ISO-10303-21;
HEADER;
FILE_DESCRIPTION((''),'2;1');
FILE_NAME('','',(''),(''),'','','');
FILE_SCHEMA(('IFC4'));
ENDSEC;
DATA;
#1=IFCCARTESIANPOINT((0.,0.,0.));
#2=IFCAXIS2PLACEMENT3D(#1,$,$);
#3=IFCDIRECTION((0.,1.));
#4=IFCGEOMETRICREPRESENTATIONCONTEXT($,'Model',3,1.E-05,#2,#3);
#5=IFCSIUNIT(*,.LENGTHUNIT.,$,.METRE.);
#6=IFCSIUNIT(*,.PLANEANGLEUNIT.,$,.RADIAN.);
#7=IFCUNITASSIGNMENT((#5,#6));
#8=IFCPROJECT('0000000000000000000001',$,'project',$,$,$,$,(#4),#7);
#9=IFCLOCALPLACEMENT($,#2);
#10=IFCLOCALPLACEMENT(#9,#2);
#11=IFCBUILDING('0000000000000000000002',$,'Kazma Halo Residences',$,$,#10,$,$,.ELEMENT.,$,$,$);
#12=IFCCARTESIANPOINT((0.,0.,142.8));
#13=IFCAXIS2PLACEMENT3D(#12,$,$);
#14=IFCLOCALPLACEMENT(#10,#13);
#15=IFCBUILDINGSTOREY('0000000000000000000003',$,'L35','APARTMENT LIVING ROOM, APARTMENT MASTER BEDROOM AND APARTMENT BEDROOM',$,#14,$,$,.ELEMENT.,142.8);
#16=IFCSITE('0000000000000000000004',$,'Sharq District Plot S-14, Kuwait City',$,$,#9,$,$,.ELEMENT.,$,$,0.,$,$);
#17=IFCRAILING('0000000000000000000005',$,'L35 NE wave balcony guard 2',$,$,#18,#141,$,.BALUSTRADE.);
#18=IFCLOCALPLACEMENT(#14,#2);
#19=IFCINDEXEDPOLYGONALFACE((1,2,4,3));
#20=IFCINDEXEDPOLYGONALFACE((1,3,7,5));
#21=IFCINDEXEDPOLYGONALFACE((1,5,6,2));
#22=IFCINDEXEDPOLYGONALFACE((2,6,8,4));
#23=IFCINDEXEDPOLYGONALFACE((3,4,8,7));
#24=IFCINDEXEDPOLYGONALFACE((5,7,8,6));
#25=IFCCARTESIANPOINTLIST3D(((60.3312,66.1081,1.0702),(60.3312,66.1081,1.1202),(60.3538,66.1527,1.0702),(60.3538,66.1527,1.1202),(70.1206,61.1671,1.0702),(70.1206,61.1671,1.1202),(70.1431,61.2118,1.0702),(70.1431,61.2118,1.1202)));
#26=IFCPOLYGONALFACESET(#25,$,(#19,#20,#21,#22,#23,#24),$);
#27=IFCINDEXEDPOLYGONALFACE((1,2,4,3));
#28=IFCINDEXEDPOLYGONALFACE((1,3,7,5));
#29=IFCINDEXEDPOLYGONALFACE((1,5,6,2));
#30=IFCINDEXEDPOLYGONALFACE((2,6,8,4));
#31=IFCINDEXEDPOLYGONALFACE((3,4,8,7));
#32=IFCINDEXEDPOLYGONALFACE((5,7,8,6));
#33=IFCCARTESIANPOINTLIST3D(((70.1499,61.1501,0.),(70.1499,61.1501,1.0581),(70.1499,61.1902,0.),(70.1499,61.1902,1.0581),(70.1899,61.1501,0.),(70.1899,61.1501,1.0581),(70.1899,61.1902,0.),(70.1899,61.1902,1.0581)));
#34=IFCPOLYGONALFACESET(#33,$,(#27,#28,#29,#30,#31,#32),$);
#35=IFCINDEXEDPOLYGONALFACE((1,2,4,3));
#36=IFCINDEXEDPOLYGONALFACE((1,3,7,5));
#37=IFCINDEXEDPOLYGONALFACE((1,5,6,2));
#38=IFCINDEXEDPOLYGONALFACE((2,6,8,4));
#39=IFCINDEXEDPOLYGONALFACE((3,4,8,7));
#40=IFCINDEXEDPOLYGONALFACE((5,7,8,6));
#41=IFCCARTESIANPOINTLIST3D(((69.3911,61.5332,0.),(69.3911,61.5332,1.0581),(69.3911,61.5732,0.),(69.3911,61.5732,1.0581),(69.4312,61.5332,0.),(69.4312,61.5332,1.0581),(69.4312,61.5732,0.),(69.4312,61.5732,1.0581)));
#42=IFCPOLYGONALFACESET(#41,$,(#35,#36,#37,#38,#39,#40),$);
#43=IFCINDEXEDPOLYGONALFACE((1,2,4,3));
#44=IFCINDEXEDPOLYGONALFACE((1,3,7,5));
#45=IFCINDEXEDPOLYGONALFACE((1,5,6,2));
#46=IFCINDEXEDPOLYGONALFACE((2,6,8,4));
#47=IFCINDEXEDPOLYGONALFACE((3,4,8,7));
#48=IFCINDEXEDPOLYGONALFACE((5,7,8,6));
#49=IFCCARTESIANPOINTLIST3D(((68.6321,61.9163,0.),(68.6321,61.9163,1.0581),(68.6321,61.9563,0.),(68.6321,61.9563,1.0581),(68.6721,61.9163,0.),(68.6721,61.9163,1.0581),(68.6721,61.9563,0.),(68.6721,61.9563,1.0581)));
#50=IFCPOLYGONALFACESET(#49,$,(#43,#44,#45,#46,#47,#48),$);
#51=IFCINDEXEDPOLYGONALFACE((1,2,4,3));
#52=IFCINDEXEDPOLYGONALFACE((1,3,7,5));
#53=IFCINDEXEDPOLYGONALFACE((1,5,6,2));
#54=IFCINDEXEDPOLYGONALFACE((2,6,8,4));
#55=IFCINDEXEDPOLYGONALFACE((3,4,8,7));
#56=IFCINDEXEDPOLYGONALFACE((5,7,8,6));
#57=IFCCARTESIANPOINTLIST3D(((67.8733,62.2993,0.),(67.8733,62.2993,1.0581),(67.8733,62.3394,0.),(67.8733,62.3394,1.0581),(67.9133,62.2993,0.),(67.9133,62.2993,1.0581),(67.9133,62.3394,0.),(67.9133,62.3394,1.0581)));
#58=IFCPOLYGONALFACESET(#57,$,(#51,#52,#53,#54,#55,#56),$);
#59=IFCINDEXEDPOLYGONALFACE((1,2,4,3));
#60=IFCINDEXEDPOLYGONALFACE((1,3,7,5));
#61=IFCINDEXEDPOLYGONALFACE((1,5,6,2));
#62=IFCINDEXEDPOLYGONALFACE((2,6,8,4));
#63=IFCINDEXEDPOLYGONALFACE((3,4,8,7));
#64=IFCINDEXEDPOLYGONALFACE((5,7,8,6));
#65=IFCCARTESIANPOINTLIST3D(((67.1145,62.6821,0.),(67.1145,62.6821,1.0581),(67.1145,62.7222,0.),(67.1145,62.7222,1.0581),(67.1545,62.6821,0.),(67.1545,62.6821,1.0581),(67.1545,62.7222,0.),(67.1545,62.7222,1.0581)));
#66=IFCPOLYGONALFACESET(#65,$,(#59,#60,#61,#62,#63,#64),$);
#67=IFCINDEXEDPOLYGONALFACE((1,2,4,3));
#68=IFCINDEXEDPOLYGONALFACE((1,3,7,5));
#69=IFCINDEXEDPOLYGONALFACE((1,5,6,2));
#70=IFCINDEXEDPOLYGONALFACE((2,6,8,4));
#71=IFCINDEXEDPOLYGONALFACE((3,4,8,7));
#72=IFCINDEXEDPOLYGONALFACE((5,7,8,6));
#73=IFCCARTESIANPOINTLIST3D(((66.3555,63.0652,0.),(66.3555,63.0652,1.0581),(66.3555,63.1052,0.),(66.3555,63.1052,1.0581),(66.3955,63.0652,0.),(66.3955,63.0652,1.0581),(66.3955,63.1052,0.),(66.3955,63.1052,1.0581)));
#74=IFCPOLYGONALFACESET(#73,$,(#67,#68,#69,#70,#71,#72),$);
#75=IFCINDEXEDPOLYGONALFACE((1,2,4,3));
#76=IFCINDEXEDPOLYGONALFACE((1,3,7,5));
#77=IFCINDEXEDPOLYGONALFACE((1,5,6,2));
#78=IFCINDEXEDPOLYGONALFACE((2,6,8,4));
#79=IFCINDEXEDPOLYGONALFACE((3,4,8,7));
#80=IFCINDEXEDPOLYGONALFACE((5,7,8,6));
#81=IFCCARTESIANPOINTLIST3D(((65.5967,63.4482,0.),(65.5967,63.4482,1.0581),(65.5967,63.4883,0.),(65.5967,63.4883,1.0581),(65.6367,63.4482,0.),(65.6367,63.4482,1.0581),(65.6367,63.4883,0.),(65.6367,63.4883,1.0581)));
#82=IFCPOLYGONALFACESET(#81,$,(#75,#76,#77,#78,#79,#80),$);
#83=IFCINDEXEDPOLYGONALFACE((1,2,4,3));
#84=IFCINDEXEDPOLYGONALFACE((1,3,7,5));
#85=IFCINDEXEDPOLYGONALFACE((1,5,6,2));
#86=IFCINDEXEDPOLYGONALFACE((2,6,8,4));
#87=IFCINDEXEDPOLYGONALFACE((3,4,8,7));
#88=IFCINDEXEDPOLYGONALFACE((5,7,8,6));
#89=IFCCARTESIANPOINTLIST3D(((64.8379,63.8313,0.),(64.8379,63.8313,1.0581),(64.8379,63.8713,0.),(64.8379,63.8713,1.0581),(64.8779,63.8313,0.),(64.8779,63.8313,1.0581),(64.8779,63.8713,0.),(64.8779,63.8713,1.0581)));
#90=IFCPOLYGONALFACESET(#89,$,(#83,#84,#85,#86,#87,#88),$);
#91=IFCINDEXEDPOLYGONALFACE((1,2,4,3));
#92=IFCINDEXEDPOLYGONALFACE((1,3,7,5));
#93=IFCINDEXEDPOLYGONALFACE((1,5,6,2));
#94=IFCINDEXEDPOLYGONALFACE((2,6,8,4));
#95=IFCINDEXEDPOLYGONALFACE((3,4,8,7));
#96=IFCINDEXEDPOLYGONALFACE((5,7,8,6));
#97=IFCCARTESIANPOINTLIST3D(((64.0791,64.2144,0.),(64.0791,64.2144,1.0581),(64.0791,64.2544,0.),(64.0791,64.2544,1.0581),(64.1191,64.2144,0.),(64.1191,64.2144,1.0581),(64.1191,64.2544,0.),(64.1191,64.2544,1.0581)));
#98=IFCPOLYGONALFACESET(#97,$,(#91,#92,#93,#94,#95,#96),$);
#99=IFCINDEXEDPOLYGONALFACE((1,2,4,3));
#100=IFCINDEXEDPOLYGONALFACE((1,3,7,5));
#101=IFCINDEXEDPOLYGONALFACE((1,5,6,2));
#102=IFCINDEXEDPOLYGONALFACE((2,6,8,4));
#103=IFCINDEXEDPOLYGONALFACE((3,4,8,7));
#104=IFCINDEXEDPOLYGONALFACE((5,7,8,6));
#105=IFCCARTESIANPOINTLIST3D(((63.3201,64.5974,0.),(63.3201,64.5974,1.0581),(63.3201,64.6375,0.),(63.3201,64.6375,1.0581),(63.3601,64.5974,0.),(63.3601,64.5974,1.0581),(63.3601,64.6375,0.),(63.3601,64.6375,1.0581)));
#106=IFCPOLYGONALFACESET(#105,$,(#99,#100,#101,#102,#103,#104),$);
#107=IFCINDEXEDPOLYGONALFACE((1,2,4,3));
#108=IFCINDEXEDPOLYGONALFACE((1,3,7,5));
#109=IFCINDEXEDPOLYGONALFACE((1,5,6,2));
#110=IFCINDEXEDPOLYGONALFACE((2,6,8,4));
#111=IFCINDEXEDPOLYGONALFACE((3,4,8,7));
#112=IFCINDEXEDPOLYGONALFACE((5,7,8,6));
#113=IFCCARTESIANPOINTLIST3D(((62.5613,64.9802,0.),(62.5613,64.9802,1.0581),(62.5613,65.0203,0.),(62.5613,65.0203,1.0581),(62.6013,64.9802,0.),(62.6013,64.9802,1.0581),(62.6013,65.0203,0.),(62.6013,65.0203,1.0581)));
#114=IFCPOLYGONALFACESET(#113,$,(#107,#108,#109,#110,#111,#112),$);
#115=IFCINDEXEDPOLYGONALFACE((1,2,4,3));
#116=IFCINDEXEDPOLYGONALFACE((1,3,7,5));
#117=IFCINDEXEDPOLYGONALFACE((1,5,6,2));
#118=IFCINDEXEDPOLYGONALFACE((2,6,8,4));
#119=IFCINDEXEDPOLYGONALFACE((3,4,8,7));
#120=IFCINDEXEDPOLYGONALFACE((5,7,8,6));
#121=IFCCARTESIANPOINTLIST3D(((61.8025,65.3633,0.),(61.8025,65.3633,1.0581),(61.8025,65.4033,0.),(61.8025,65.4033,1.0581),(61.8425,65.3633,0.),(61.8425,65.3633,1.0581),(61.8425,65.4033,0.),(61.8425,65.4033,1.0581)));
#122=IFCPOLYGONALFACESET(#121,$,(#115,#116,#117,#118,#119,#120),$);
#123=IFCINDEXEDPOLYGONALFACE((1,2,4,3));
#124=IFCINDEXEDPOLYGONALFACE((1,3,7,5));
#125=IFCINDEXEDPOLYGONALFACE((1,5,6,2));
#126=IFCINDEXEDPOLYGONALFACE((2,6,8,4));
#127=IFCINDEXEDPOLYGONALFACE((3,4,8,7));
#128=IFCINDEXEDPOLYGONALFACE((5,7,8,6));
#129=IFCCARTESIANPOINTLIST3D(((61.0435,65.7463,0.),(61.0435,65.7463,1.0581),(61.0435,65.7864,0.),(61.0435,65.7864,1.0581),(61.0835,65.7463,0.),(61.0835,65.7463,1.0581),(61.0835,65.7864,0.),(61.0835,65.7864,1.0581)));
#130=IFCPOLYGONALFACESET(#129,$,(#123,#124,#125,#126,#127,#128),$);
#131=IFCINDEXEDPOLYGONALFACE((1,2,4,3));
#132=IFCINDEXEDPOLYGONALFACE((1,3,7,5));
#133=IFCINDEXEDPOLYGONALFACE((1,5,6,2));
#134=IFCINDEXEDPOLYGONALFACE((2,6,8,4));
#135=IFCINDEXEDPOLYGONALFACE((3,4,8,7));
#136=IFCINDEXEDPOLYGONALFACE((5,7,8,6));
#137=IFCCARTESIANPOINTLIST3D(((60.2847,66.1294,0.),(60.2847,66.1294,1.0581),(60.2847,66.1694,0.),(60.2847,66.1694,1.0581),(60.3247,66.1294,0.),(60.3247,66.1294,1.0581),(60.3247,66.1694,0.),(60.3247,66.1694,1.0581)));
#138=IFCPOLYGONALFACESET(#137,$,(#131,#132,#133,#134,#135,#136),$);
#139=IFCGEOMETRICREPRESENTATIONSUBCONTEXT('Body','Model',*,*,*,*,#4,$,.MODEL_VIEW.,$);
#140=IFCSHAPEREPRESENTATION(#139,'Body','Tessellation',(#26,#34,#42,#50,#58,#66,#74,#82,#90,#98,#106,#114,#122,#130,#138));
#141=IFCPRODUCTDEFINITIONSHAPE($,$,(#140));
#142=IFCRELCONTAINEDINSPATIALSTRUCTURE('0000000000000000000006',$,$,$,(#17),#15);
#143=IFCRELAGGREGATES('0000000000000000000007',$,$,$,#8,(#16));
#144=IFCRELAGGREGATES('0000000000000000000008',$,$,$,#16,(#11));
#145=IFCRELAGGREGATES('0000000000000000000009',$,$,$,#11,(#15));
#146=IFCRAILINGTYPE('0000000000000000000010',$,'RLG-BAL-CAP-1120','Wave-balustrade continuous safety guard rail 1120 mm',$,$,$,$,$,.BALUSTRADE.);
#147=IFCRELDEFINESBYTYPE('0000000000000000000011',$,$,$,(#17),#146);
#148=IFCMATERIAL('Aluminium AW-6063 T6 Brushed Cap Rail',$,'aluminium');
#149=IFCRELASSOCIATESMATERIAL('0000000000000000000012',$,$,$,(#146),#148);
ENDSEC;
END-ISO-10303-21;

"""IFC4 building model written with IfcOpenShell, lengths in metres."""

from ifc_helpers import new_model, si_unit, direction, frame, origin, origin_2d, place, context, subcontext, project, spatial, rectangle, extrude, material, type_object, element, save


model = new_model("IFC4")

# Units and contexts
model_context = context("Model", 3, precision=1e-05, world=origin(), true_north=direction((0.0, 1.0)))
body_context = subcontext(model_context, "Body", "Model", "MODEL_VIEW")
ifc_project = project(units=[si_unit("LENGTHUNIT", "METRE"), si_unit("PLANEANGLEUNIT", "RADIAN")], contexts=[model_context])

# Site, building, storey
site_placement = place(None, origin())
site = spatial("IfcSite", under=ifc_project, at=site_placement, Name="Sharq District Plot S-14, Kuwait City", CompositionType="ELEMENT", RefElevation=0.0)
building_placement = place(site_placement, origin())
building = spatial("IfcBuilding", under=site, at=building_placement, Name="Kazma Halo Residences", CompositionType="ELEMENT")
storey_placement = place(building_placement, frame((0.0, 0.0, 142.8)))
storey = spatial("IfcBuildingStorey", under=building, at=storey_placement, Name="L35", Description="APARTMENT LIVING ROOM, APARTMENT MASTER BEDROOM AND APARTMENT BEDROOM", CompositionType="ELEMENT", Elevation=142.8)

# Railing
ifc_material_1 = material(Name="Aluminium AW-6063 T6 Brushed Cap Rail", Category="aluminium")
railing_type = type_object("IfcRailingType", Name="RLG-BAL-CAP-1120", Description="Wave-balustrade continuous safety guard rail 1120 mm", PredefinedType="BALUSTRADE", material=ifc_material_1)
railing_1_placement = place(storey_placement, frame((70.1699, 61.1702, 0.0)))
element("IfcRailing", 1, at=railing_1_placement, inside=storey, type_object=railing_type, Name="L35 NE wave balcony guard 2", PredefinedType="BALUSTRADE", context=body_context, shape_type="SweptSolid", body=[
    extrude(rectangle(XDim=0.05, YDim=0.05, at=origin_2d()), frame((-0.0381, 0.0193, 1.0952), z_axis=(-0.892733, 0.450586, 0.0), x_axis=(-0.450586, -0.892733, 0.0)), (0.0, 0.0, 1.0), 10.9656),
    extrude(rectangle(XDim=0.04, YDim=0.04, at=origin_2d()), origin(), (0.0, 0.0, 1.0), 1.0581),
    extrude(rectangle(XDim=0.04, YDim=0.04, at=origin_2d()), frame((-0.7588, 0.3831, 0.0)), (0.0, 0.0, 1.0), 1.0581),
    extrude(rectangle(XDim=0.04, YDim=0.04, at=origin_2d()), frame((-1.5178, 0.7661, 0.0)), (0.0, 0.0, 1.0), 1.0581),
    extrude(rectangle(XDim=0.04, YDim=0.04, at=origin_2d()), frame((-2.2766, 1.1492, 0.0)), (0.0, 0.0, 1.0), 1.0581),
    extrude(rectangle(XDim=0.04, YDim=0.04, at=origin_2d()), frame((-3.0354, 1.532, 0.0)), (0.0, 0.0, 1.0), 1.0581),
    extrude(rectangle(XDim=0.04, YDim=0.04, at=origin_2d()), frame((-3.7944, 1.915, 0.0)), (0.0, 0.0, 1.0), 1.0581),
    extrude(rectangle(XDim=0.04, YDim=0.04, at=origin_2d()), frame((-4.5532, 2.2981, 0.0)), (0.0, 0.0, 1.0), 1.0581),
    extrude(rectangle(XDim=0.04, YDim=0.04, at=origin_2d()), frame((-5.312, 2.6812, 0.0)), (0.0, 0.0, 1.0), 1.0581),
    extrude(rectangle(XDim=0.04, YDim=0.04, at=origin_2d()), frame((-6.0708, 3.0642, 0.0)), (0.0, 0.0, 1.0), 1.0581),
    extrude(rectangle(XDim=0.04, YDim=0.04, at=origin_2d()), frame((-6.8298, 3.4473, 0.0)), (0.0, 0.0, 1.0), 1.0581),
    extrude(rectangle(XDim=0.04, YDim=0.04, at=origin_2d()), frame((-7.5886, 3.8301, 0.0)), (0.0, 0.0, 1.0), 1.0581),
    extrude(rectangle(XDim=0.04, YDim=0.04, at=origin_2d()), frame((-8.3474, 4.2131, 0.0)), (0.0, 0.0, 1.0), 1.0581),
    extrude(rectangle(XDim=0.04, YDim=0.04, at=origin_2d()), frame((-9.1064, 4.5962, 0.0)), (0.0, 0.0, 1.0), 1.0581),
    extrude(rectangle(XDim=0.04, YDim=0.04, at=origin_2d()), frame((-9.8652, 4.9792, 0.0)), (0.0, 0.0, 1.0), 1.0581),
])

save(model, "model.ifc")
